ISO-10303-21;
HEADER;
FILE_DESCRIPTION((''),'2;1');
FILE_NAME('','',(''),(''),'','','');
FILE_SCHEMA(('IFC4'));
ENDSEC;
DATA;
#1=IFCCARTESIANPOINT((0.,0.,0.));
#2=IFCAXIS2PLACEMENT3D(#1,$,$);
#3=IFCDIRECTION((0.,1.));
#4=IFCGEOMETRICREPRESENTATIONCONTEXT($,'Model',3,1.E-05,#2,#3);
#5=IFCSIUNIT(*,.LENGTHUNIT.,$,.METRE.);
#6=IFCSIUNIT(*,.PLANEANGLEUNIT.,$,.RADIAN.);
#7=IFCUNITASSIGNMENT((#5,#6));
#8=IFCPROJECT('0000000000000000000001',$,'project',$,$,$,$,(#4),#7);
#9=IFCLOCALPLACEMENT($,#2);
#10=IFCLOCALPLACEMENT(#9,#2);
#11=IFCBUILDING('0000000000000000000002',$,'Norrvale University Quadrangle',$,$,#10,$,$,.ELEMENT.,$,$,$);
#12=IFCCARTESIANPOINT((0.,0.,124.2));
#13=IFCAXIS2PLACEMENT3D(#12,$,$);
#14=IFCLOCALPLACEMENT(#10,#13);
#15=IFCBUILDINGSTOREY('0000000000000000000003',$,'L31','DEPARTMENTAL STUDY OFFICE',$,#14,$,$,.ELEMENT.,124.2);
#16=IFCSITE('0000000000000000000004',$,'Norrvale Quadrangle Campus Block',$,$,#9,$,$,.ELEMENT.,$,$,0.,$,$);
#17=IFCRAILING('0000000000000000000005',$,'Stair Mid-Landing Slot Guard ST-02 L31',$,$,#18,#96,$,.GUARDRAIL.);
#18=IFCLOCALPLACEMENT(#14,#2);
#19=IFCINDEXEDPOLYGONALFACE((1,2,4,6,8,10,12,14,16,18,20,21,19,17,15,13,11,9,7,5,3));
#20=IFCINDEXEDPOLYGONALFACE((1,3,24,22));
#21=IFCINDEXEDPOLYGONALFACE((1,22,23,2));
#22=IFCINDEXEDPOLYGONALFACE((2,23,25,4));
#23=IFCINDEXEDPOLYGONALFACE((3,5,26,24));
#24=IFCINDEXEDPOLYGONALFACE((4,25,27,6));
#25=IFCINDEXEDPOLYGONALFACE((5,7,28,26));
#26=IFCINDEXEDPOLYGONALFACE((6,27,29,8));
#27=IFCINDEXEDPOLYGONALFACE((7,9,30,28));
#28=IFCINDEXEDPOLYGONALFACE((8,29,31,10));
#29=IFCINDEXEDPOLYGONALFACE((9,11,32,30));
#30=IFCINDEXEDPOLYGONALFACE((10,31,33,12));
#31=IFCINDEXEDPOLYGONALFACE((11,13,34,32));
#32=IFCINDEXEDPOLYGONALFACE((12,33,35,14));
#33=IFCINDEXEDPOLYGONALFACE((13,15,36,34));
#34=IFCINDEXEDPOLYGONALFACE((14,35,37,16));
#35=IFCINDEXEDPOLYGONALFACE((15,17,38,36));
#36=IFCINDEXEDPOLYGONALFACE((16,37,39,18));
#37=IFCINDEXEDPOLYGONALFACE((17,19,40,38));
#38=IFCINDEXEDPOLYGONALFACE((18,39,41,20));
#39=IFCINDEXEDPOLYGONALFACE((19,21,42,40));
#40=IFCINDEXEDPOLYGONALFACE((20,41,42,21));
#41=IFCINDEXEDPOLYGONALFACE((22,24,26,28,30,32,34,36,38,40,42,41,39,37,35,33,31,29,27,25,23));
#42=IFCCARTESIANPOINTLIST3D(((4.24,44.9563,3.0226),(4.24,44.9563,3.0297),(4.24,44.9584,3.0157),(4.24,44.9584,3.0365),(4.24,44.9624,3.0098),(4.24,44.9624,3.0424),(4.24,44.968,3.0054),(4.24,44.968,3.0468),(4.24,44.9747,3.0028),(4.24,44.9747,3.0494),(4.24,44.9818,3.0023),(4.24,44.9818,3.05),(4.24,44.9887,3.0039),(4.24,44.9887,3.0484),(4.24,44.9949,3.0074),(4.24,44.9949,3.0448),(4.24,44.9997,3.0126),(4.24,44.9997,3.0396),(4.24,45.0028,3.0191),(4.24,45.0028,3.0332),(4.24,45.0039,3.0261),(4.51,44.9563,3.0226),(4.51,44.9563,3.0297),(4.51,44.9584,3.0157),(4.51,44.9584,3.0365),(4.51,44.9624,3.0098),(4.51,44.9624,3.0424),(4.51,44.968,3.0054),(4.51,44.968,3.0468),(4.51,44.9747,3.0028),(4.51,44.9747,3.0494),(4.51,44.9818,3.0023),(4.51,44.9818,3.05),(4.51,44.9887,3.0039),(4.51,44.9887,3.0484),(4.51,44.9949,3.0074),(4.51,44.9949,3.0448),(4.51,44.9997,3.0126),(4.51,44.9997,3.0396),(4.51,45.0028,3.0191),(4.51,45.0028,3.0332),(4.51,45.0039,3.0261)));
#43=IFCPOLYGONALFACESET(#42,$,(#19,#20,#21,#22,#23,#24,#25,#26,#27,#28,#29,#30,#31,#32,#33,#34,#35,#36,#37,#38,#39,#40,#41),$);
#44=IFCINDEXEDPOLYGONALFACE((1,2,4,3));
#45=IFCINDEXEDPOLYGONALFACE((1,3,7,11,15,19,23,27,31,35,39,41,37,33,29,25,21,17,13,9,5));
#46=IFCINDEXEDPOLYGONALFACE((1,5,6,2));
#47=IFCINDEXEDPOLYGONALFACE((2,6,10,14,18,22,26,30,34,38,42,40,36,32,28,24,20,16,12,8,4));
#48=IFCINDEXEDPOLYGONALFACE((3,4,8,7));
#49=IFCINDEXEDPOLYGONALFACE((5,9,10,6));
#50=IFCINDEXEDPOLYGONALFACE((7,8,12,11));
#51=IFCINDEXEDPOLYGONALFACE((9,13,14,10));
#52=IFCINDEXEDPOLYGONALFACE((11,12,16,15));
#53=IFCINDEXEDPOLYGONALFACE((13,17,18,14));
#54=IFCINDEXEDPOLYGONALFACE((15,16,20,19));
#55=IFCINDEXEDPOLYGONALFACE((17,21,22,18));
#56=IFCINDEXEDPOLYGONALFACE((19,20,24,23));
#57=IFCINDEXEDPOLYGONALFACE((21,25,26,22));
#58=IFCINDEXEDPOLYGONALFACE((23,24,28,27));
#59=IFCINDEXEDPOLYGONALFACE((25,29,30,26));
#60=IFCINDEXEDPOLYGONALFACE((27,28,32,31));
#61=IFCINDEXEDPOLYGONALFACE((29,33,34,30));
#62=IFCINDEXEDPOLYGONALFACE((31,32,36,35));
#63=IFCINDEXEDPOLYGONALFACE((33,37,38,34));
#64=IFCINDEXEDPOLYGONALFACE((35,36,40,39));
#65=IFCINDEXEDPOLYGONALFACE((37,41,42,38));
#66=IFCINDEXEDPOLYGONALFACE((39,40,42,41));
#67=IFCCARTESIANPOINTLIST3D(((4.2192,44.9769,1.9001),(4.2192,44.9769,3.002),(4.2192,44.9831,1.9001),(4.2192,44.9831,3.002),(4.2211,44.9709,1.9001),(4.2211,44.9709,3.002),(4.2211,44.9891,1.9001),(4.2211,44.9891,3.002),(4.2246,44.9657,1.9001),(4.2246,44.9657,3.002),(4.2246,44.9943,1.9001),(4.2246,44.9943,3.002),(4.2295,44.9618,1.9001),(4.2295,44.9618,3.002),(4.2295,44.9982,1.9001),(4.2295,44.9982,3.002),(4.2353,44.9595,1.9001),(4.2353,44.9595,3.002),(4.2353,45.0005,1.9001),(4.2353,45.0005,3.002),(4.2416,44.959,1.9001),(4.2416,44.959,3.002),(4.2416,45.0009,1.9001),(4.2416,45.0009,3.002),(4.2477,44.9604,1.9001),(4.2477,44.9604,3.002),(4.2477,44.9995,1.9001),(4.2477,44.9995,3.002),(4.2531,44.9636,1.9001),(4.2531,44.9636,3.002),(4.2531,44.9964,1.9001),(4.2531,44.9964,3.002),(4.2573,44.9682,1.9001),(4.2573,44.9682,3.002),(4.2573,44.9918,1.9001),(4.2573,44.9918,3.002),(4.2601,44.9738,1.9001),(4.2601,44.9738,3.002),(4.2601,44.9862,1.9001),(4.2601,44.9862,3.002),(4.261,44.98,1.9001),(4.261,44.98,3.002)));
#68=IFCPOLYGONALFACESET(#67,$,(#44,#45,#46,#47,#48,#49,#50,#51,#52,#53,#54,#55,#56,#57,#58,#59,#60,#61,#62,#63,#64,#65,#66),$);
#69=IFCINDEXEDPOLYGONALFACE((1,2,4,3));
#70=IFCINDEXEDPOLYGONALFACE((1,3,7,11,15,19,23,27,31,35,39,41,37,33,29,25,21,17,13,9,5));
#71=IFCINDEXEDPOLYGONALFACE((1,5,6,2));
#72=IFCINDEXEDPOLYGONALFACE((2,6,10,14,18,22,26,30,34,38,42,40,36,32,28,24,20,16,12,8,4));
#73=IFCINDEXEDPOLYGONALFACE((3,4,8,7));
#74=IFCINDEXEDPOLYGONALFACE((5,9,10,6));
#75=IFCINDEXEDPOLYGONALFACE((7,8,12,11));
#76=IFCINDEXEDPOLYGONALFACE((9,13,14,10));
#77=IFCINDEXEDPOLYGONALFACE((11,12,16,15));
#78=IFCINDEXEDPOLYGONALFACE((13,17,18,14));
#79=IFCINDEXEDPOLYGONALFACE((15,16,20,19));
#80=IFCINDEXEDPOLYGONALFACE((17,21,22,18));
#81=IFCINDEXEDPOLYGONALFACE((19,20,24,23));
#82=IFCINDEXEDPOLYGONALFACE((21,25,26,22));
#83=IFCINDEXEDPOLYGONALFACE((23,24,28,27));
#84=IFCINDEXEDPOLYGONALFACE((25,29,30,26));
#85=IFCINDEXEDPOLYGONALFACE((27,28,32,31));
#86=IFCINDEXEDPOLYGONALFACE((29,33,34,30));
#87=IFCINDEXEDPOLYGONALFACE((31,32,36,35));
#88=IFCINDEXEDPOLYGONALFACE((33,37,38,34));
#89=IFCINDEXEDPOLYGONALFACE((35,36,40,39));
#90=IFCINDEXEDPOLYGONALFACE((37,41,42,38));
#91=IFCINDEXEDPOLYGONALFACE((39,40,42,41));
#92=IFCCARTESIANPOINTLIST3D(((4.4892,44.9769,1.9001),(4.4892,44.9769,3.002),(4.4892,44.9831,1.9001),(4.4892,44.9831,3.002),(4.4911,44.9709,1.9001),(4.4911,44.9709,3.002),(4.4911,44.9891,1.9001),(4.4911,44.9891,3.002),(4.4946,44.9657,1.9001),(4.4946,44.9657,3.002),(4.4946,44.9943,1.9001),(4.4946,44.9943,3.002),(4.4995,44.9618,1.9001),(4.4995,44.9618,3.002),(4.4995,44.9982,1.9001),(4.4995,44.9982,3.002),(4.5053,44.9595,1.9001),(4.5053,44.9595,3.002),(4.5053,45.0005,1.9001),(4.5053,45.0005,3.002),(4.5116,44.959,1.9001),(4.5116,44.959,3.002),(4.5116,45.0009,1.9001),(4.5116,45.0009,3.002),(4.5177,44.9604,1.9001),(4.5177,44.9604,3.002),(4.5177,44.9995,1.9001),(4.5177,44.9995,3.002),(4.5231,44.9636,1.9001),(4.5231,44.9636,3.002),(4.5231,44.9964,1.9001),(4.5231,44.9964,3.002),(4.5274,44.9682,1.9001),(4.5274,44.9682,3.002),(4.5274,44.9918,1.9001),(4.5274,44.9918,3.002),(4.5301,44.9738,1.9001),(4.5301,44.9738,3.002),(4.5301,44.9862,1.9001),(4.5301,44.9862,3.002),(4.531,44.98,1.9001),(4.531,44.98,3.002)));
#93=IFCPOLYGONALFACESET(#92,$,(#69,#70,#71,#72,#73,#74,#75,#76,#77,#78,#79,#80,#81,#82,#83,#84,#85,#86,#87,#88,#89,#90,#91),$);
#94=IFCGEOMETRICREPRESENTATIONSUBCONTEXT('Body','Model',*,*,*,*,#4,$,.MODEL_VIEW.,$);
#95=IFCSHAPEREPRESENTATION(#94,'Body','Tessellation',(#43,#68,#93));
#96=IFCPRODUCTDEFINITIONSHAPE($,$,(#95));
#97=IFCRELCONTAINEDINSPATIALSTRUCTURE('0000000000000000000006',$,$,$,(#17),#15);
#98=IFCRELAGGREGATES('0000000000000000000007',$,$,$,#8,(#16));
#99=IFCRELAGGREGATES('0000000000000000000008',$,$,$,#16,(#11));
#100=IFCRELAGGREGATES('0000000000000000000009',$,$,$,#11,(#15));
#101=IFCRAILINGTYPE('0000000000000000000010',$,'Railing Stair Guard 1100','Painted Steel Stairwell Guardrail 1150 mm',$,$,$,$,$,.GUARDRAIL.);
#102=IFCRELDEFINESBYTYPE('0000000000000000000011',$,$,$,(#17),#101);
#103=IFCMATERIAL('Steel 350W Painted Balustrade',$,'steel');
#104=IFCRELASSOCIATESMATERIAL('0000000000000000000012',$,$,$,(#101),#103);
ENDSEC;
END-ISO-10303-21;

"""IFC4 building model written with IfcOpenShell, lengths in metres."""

from ifc_helpers import new_model, si_unit, direction, frame, origin, origin_2d, place, context, subcontext, project, spatial, circle, extrude, material, type_object, element, save


model = new_model("IFC4")

# Units and contexts
model_context = context("Model", 3, precision=1e-05, world=origin(), true_north=direction((0.0, 1.0)))
body_context = subcontext(model_context, "Body", "Model", "MODEL_VIEW")
ifc_project = project(units=[si_unit("LENGTHUNIT", "METRE"), si_unit("PLANEANGLEUNIT", "RADIAN")], contexts=[model_context])

# Site, building, storey
site_placement = place(None, origin())
site = spatial("IfcSite", under=ifc_project, at=site_placement, Name="Norrvale Quadrangle Campus Block", CompositionType="ELEMENT", RefElevation=0.0)
building_placement = place(site_placement, origin())
building = spatial("IfcBuilding", under=site, at=building_placement, Name="Norrvale University Quadrangle", CompositionType="ELEMENT")
storey_placement = place(building_placement, frame((0.0, 0.0, 124.2)))
storey = spatial("IfcBuildingStorey", under=building, at=storey_placement, Name="L31", Description="DEPARTMENTAL STUDY OFFICE", CompositionType="ELEMENT", Elevation=124.2)

# Railing
ifc_material_1 = material(Name="Steel 350W Painted Balustrade", Category="steel")
railing_type_1 = type_object("IfcRailingType", Name="Railing Stair Guard 1100", Description="Painted Steel Stairwell Guardrail 1150 mm", PredefinedType="GUARDRAIL", material=ifc_material_1)
for number, where, name in (
    (1, (4.24, 44.98, 1.9001), "Stair Mid-Landing Slot Guard ST-02 L31"),
):
    element("IfcRailing", number, at=place(storey_placement, frame(where)), inside=storey, type_object=railing_type_1, Name=name, PredefinedType="GUARDRAIL", context=body_context, shape_type="SweptSolid", body=[
        extrude(circle(Radius=0.0239, at=origin_2d()), frame((0.0, 0.0, 1.126), z_axis=(1.0, 0.0, 0.0), x_axis=(0.0, 1.0, 0.0)), (0.0, 0.0, 1.0), 0.27),
        extrude(circle(Radius=0.021, at=origin_2d()), origin(), (0.0, 0.0, 1.0), 1.1018),
        extrude(circle(Radius=0.021, at=origin_2d()), frame((0.27, 0.0, 0.0)), (0.0, 0.0, 1.0), 1.1018),
    ])

save(model, "model.ifc")
